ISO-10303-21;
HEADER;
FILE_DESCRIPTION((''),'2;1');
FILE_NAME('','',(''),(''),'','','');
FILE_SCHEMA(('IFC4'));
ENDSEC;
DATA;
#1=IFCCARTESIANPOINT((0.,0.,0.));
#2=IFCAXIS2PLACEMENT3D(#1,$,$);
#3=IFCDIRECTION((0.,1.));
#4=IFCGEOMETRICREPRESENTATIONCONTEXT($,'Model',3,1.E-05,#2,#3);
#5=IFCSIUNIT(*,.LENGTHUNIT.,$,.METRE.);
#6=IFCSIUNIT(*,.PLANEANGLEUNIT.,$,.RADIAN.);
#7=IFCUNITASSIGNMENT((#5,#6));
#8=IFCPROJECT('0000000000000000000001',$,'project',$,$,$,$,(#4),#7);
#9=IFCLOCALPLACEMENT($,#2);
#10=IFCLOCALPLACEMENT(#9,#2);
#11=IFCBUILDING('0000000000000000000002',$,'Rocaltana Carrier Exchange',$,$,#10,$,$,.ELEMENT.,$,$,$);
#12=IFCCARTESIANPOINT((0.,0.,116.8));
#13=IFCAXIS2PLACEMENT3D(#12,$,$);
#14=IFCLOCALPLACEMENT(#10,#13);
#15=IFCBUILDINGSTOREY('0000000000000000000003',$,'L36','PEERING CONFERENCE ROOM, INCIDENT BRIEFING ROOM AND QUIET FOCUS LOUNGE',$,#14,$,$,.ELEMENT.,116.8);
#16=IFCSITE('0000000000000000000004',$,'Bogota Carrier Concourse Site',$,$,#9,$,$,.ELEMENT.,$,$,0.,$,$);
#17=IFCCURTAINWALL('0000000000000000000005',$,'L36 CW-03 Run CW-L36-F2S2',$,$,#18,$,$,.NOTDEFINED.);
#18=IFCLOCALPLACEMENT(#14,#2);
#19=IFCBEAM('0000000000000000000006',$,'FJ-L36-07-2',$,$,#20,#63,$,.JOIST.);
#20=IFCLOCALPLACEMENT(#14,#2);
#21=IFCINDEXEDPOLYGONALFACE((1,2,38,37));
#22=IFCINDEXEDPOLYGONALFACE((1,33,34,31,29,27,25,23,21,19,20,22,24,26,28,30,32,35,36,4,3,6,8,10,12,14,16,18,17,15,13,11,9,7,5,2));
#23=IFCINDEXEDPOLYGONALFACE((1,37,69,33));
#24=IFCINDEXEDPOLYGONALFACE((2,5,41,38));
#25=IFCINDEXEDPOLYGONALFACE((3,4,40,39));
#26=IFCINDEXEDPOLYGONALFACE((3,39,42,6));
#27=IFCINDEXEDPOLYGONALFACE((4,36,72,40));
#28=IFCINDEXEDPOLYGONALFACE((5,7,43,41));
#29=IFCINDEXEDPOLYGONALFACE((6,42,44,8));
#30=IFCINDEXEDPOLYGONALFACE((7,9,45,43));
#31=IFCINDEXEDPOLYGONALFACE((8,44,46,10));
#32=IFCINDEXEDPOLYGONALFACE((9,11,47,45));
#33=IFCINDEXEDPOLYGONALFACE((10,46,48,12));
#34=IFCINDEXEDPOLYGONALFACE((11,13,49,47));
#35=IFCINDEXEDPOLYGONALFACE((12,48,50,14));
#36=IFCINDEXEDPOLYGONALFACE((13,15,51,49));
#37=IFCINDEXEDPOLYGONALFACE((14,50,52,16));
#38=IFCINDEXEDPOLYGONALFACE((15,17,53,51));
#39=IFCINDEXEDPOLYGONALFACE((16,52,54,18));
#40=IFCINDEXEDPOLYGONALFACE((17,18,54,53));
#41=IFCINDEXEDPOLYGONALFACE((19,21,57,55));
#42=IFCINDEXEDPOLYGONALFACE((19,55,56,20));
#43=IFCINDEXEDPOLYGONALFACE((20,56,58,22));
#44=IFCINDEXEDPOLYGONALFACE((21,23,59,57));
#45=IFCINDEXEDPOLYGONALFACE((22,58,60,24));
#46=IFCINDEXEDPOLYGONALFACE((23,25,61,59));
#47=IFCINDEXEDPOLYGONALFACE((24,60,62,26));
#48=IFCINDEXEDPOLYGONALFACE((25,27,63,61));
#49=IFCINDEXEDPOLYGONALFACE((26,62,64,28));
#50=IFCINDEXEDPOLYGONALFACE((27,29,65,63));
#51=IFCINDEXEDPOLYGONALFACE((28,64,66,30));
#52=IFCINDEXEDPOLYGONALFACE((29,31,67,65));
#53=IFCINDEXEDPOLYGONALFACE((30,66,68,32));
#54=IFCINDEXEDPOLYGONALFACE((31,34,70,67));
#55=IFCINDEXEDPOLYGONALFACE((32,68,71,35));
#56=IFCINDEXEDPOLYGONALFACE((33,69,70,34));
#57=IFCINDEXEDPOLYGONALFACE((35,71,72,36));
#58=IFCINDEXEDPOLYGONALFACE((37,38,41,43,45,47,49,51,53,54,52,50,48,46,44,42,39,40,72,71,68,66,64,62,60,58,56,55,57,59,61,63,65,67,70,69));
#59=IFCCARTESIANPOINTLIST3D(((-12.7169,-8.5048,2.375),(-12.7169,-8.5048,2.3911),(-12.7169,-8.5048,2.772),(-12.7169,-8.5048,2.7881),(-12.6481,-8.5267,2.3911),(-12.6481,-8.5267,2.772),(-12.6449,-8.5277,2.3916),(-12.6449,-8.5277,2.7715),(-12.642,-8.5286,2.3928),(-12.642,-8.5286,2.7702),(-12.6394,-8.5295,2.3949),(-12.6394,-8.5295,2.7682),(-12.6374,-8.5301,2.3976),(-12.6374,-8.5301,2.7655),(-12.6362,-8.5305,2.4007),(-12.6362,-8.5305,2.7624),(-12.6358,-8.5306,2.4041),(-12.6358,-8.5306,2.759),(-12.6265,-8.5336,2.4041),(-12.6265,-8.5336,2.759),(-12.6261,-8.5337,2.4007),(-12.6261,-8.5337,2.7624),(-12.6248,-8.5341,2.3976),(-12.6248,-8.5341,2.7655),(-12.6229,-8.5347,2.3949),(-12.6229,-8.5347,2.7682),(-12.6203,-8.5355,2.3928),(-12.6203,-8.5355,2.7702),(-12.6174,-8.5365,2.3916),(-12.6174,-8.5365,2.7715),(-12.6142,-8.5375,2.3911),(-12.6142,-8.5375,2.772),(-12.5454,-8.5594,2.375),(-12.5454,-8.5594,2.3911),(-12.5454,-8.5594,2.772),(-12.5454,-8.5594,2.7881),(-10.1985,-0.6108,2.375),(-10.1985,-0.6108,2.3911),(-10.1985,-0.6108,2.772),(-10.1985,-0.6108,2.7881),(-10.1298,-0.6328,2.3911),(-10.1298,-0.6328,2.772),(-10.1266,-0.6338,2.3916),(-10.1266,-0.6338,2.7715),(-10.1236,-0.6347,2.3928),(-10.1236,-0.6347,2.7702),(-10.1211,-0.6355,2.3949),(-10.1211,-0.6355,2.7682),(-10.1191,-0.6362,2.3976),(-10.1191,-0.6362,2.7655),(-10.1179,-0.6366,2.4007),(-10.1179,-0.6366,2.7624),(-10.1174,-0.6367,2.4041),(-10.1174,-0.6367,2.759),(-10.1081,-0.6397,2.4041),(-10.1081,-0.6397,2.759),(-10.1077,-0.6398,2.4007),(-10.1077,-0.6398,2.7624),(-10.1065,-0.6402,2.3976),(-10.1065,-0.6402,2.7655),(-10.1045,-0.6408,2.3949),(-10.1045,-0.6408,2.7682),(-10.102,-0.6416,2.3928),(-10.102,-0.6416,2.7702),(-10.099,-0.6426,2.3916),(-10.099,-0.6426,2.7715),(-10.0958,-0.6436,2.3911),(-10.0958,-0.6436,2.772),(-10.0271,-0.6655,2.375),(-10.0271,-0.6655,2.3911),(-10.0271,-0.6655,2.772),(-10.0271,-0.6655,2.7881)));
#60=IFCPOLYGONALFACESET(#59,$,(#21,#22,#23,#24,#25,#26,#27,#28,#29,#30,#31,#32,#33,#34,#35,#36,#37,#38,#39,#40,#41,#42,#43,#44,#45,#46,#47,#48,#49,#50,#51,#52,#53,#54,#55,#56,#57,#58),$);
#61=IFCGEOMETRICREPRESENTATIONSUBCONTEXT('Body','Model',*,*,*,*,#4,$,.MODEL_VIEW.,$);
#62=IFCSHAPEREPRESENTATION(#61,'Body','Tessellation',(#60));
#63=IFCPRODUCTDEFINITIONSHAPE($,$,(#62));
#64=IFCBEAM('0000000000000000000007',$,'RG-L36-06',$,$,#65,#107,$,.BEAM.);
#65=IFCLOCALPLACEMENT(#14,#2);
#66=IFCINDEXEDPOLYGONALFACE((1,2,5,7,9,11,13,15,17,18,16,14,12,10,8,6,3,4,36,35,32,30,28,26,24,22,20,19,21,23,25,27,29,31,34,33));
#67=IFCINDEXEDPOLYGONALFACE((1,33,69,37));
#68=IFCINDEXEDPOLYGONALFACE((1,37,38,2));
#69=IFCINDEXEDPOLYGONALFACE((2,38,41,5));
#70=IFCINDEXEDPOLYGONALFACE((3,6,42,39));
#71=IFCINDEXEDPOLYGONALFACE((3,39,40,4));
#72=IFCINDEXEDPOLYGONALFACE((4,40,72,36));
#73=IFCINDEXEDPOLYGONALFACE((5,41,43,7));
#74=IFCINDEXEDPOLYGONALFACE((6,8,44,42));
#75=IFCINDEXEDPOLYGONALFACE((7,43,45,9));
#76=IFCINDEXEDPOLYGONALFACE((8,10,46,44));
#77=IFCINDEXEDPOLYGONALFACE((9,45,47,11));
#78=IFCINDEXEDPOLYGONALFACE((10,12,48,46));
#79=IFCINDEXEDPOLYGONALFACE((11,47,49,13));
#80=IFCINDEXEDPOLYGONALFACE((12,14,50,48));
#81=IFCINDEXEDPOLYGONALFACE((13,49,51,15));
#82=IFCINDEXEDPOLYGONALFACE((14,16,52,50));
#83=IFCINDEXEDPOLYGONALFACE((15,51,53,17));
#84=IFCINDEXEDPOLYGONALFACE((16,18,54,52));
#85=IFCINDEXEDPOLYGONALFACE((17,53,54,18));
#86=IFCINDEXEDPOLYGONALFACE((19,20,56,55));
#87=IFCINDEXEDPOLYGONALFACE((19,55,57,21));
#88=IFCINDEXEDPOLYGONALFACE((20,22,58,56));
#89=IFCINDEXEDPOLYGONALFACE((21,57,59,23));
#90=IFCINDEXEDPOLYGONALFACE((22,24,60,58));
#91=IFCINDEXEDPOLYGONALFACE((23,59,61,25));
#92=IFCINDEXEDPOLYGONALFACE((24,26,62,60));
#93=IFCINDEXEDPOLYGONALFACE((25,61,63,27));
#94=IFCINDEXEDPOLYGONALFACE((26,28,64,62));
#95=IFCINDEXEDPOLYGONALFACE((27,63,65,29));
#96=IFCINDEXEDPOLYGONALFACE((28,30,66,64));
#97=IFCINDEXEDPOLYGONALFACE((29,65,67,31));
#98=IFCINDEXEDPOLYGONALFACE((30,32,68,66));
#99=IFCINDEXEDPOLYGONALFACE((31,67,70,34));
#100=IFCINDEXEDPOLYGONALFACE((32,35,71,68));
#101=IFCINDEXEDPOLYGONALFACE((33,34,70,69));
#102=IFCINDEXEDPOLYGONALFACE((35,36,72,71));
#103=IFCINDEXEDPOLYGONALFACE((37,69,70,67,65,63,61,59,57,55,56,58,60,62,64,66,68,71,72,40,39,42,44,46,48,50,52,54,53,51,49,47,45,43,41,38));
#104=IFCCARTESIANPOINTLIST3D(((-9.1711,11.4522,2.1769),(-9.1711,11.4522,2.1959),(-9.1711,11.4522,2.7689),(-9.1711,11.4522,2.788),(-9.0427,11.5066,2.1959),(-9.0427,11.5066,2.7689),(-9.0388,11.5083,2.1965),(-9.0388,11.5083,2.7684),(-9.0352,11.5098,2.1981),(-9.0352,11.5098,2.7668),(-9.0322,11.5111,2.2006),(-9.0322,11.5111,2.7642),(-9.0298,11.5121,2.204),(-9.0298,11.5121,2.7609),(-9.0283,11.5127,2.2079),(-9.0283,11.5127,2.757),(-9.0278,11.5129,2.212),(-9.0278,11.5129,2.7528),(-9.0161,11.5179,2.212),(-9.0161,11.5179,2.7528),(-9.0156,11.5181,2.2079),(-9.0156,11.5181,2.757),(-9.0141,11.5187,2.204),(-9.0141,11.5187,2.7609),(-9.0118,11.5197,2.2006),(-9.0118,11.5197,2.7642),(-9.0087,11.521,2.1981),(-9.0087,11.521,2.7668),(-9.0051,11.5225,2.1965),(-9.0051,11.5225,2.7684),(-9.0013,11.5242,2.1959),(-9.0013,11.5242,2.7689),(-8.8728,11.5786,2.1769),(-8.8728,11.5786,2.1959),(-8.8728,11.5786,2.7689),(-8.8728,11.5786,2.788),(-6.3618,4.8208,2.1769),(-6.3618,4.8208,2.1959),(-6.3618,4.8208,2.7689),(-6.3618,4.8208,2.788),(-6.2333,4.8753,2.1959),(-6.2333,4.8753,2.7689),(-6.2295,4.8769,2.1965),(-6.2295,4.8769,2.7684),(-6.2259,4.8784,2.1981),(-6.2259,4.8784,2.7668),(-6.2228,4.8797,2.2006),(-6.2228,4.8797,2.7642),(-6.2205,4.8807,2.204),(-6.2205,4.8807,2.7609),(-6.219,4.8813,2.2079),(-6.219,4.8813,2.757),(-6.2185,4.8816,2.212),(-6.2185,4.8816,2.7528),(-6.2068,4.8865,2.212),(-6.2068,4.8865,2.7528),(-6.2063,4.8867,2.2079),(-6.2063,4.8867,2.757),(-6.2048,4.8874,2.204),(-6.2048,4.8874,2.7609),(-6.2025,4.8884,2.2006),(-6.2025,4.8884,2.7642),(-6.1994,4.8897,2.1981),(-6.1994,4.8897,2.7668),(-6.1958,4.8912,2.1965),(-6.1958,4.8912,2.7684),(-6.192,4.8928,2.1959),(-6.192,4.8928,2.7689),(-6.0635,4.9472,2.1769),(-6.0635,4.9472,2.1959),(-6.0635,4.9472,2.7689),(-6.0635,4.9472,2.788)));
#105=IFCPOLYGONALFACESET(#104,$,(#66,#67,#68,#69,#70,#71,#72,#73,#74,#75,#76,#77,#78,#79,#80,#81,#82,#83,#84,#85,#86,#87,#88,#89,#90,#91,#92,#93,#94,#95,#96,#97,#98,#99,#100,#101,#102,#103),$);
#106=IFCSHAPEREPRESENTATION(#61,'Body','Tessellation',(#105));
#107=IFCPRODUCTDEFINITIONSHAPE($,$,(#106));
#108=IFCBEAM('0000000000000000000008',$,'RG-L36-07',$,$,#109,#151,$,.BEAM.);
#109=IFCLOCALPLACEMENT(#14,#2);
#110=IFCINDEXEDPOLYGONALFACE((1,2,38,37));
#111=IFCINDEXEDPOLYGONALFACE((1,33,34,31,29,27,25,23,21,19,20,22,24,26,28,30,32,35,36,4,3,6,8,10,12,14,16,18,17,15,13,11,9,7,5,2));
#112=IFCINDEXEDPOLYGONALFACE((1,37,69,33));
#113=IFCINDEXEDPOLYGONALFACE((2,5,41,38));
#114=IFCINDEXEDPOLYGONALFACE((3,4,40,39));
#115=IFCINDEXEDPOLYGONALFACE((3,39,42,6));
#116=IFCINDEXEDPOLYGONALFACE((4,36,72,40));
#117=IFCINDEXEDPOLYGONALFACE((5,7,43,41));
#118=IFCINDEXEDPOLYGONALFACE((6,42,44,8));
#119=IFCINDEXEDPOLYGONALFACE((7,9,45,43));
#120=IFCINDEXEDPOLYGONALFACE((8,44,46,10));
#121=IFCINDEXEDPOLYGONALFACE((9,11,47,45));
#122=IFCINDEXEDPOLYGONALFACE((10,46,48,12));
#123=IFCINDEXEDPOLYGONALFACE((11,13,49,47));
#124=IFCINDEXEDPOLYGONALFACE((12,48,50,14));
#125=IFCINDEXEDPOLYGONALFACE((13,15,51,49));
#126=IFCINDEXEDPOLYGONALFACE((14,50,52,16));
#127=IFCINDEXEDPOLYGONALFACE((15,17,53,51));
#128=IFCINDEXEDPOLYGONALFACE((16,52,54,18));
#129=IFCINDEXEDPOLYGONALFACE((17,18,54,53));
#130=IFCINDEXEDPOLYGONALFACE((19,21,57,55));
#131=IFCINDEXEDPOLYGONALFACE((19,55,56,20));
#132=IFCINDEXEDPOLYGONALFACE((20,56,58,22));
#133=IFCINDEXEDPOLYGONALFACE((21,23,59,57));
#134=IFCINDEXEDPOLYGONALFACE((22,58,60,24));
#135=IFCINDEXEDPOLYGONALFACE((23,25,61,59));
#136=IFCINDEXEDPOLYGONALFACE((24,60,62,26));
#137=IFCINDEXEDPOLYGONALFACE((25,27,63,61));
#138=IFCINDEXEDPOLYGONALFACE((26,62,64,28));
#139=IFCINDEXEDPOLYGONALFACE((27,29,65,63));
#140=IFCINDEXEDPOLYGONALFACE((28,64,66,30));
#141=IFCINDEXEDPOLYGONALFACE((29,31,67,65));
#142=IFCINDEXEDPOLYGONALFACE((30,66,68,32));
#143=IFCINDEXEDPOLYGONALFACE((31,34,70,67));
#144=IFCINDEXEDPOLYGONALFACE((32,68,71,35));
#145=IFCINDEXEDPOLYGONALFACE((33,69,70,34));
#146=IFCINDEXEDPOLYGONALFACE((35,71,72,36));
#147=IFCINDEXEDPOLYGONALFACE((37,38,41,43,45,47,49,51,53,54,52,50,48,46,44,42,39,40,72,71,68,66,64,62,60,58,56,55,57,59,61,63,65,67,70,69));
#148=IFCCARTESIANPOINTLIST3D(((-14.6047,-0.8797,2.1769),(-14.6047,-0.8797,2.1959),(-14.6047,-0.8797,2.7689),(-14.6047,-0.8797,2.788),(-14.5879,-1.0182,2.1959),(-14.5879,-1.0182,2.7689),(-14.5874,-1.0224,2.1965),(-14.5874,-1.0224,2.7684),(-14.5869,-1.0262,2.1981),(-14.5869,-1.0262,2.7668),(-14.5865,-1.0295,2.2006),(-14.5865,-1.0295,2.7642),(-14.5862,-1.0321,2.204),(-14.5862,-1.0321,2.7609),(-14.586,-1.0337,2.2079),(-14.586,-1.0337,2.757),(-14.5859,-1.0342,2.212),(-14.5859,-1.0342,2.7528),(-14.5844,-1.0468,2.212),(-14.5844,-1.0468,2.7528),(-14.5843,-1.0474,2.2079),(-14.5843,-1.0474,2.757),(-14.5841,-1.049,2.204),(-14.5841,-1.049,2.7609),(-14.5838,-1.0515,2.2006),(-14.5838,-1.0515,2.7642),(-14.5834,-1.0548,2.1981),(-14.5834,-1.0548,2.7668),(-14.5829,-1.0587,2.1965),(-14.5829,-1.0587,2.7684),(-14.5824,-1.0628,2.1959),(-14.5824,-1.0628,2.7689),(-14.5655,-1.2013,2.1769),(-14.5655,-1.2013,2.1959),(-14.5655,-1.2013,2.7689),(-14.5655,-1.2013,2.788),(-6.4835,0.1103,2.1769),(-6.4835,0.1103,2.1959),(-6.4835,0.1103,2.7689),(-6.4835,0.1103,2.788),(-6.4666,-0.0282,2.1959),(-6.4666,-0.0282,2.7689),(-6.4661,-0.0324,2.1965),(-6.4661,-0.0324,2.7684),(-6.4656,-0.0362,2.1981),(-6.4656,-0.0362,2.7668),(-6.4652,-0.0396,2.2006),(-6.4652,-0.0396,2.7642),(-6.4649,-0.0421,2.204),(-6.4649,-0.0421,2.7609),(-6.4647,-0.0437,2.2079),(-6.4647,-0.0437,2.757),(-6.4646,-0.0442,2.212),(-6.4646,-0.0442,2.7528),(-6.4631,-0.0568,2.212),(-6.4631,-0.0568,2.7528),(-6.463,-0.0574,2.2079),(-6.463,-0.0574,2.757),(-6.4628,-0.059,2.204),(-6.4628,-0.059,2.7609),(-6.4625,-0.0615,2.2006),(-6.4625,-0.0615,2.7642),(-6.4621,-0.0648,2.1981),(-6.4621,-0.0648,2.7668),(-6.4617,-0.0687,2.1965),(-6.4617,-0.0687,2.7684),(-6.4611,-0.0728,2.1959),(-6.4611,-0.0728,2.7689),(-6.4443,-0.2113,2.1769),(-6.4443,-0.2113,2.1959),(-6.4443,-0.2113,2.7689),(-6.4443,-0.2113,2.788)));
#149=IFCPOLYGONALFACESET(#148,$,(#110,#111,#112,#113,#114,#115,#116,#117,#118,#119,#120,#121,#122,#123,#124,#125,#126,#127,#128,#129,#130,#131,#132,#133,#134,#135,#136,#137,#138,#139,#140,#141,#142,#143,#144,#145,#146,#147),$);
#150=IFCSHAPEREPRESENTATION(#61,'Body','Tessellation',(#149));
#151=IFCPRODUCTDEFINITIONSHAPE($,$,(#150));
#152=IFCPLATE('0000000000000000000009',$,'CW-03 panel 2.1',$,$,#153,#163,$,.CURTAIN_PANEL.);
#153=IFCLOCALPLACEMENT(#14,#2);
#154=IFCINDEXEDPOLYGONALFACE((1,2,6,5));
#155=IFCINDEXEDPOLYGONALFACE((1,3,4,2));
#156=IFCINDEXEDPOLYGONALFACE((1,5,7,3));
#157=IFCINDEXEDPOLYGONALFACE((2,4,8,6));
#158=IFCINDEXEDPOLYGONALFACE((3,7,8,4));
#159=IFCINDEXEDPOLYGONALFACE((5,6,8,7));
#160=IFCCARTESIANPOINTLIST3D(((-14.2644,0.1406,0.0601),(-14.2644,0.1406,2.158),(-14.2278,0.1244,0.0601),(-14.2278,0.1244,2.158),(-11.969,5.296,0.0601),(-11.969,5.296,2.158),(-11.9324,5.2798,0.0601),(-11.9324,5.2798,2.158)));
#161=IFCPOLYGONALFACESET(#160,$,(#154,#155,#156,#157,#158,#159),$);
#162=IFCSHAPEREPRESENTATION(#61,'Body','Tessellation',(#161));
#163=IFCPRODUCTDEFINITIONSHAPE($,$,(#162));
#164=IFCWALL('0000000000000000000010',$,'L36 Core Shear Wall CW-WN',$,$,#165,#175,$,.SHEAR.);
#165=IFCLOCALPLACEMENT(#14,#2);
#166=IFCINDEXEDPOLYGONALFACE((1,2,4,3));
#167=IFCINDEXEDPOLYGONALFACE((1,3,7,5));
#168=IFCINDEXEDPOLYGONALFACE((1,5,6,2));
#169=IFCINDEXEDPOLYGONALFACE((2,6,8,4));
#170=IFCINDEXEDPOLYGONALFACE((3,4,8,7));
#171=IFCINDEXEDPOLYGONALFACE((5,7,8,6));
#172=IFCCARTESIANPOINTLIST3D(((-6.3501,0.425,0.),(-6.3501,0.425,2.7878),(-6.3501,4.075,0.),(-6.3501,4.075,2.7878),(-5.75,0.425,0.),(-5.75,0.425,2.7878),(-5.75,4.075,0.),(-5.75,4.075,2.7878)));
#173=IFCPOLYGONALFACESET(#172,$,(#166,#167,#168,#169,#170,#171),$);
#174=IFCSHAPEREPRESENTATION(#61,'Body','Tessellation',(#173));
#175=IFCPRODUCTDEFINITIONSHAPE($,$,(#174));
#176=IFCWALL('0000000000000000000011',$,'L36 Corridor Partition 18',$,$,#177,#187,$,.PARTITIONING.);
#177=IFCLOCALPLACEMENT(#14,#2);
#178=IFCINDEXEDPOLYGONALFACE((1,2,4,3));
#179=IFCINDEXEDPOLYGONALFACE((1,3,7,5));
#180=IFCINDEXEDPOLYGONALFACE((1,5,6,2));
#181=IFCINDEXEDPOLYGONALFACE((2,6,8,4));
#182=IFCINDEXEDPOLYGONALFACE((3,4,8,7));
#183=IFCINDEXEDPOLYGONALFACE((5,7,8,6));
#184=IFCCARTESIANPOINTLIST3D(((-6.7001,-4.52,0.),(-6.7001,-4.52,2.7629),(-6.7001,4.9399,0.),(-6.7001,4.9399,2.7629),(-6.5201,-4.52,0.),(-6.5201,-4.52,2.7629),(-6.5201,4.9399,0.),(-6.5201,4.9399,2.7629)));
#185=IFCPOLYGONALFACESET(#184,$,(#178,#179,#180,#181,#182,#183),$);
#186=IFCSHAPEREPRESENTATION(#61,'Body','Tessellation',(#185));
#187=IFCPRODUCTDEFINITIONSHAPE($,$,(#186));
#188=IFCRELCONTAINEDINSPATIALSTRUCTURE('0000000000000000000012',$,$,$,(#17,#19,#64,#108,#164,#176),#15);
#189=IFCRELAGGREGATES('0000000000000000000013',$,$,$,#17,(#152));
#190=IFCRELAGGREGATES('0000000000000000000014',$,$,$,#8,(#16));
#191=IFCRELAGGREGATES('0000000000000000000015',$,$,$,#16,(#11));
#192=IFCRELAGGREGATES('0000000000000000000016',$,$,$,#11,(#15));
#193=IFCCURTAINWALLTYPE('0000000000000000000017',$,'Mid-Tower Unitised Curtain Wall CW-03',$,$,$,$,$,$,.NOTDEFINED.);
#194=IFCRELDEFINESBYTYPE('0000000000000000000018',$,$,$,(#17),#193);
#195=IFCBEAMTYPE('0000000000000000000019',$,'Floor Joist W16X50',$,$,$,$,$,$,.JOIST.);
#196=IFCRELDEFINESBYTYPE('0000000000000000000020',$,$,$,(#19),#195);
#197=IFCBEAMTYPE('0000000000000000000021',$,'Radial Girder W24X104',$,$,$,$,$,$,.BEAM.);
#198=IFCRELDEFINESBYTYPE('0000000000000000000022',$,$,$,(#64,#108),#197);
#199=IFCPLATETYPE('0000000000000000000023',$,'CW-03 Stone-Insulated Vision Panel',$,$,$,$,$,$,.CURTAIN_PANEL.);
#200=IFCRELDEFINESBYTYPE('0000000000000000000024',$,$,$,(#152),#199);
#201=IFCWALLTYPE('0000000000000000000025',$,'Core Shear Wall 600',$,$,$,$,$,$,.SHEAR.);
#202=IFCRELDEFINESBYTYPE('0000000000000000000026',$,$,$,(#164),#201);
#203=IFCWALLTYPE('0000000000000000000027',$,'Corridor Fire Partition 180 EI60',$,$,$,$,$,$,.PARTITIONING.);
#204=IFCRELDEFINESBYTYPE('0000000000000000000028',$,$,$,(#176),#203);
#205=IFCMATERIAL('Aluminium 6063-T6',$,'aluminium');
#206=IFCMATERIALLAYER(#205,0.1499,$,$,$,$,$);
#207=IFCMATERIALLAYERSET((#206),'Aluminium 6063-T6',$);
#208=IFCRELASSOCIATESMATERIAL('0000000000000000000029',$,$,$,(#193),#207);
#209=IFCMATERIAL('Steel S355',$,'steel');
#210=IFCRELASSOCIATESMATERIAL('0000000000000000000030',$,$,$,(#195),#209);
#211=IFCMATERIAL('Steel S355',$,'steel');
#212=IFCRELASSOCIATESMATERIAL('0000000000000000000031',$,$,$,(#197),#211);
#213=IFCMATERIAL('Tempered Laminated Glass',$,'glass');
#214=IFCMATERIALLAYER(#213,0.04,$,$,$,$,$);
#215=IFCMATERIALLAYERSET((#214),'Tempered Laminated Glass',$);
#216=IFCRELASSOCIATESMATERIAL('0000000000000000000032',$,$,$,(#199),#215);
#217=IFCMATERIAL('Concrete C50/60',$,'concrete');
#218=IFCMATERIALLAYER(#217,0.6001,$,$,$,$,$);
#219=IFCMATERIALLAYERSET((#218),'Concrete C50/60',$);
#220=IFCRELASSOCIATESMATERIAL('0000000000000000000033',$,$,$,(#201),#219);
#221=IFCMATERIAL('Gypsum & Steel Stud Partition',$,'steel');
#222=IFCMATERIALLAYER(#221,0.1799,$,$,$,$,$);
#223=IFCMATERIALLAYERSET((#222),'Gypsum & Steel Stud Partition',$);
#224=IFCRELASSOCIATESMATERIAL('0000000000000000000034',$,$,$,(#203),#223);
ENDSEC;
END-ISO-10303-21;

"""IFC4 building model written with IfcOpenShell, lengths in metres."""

from ifc_helpers import new_model, si_unit, direction, frame, frame_2d, origin, origin_2d, place, context, subcontext, project, spatial, rectangle, i_section, extrude, material, layer, layer_set, material_profile, profile_set, type_object, element, aggregate, save


model = new_model("IFC4")

# Units and contexts
model_context = context("Model", 3, precision=1e-05, world=origin(), true_north=direction((0.0, 1.0)))
body_context = subcontext(model_context, "Body", "Model", "MODEL_VIEW")
ifc_project = project(units=[si_unit("LENGTHUNIT", "METRE"), si_unit("PLANEANGLEUNIT", "RADIAN")], contexts=[model_context])

# Site, building, storey
site_placement = place(None, origin())
site = spatial("IfcSite", under=ifc_project, at=site_placement, Name="Bogota Carrier Concourse Site", CompositionType="ELEMENT", RefElevation=0.0)
building_placement = place(site_placement, origin())
building = spatial("IfcBuilding", under=site, at=building_placement, Name="Rocaltana Carrier Exchange", CompositionType="ELEMENT")
storey_placement = place(building_placement, frame((0.0, 0.0, 116.8)))
storey = spatial("IfcBuildingStorey", under=building, at=storey_placement, Name="L36", Description="PEERING CONFERENCE ROOM, INCIDENT BRIEFING ROOM AND QUIET FOCUS LOUNGE", CompositionType="ELEMENT", Elevation=116.8)

# Curtain wall
ifc_material_1 = material(Name="Aluminium 6063-T6", Category="aluminium")
ifc_layer_1 = layer(ifc_material_1, 0.1499)
ifc_layer_set_1 = layer_set([ifc_layer_1], Name="Aluminium 6063-T6")
curtain_wall_type = type_object("IfcCurtainWallType", Name="Mid-Tower Unitised Curtain Wall CW-03", PredefinedType="NOTDEFINED", material=ifc_layer_set_1)
curtain_wall_placement = place(storey_placement, origin())
curtain_wall = element("IfcCurtainWall", 1, at=curtain_wall_placement, inside=storey, type_object=curtain_wall_type, Name="L36 CW-03 Run CW-L36-F2S2", PredefinedType="NOTDEFINED")

# Beams
ifc_material_2 = material(Name="Steel S355", Category="steel")
ifc_material_profile_1 = material_profile(ifc_material_2, i_section(OverallWidth=0.1799, OverallDepth=0.4131, WebThickness=0.0098, FlangeThickness=0.0161, FilletRadius=0.0129, at=origin_2d()), Name="W16X50")
ifc_profile_set_1 = profile_set([ifc_material_profile_1], Name="Steel S355")
beam_type_1 = type_object("IfcBeamType", Name="Floor Joist W16X50", PredefinedType="JOIST", material=ifc_profile_set_1)
beam_1_placement = place(storey_placement, frame((-10.1128, -0.6382, 2.5815), z_axis=(-0.303932, -0.952694, 0.0), x_axis=(0.952694, -0.303932, 0.0)))
element("IfcBeam", 2, at=beam_1_placement, inside=storey, type_object=beam_type_1, Name="FJ-L36-07-2", PredefinedType="JOIST", context=body_context, shape_type="SweptSolid", body=[
    extrude(i_section(OverallWidth=0.1799, OverallDepth=0.4131, WebThickness=0.0098, FlangeThickness=0.0161, FilletRadius=0.0129, at=origin_2d()), origin(), (0.0, 0.0, 1.0), 8.2859),
])
ifc_material_3 = material(Name="Steel S355", Category="steel")
ifc_material_profile_2 = material_profile(ifc_material_3, i_section(OverallWidth=0.324, OverallDepth=0.6111, WebThickness=0.0127, FlangeThickness=0.019, FilletRadius=0.0161, at=origin_2d()), Name="W24X104")
ifc_profile_set_2 = profile_set([ifc_material_profile_2], Name="Steel S355")
beam_type_2 = type_object("IfcBeamType", Name="Radial Girder W24X104", PredefinedType="BEAM", material=ifc_profile_set_2)
beam_2_placement = place(storey_placement, frame((-6.2126, 4.884, 2.4824), z_axis=(-0.390082, 0.92078, 0.0), x_axis=(-0.92078, -0.390082, 0.0)))
element("IfcBeam", 3, at=beam_2_placement, inside=storey, type_object=beam_type_2, Name="RG-L36-06", PredefinedType="BEAM", context=body_context, shape_type="SweptSolid", body=[
    extrude(i_section(OverallWidth=0.324, OverallDepth=0.6111, WebThickness=0.0127, FlangeThickness=0.019, FilletRadius=0.0161, at=origin_2d()), origin(), (0.0, 0.0, 1.0), 7.2019),
])
beam_3_placement = place(storey_placement, frame((-6.4639, -0.0505, 2.4824), z_axis=(-0.992652, -0.121004, 0.0), x_axis=(0.121004, -0.992652, 0.0)))
element("IfcBeam", 4, at=beam_3_placement, inside=storey, type_object=beam_type_2, Name="RG-L36-07", PredefinedType="BEAM", context=body_context, shape_type="SweptSolid", body=[
    extrude(i_section(OverallWidth=0.324, OverallDepth=0.6111, WebThickness=0.0127, FlangeThickness=0.019, FilletRadius=0.0161, at=origin_2d()), origin(), (0.0, 0.0, 1.0), 8.1814),
])

# Plate
ifc_material_4 = material(Name="Tempered Laminated Glass", Category="glass")
ifc_layer_2 = layer(ifc_material_4, 0.04)
ifc_layer_set_2 = layer_set([ifc_layer_2], Name="Tempered Laminated Glass")
plate_type = type_object("IfcPlateType", Name="CW-03 Stone-Insulated Vision Panel", PredefinedType="CURTAIN_PANEL", material=ifc_layer_set_2)
plate_placement = place(storey_placement, frame((-13.0984, 2.7102, 0.0601), z_axis=(0.0, 0.0, 1.0), x_axis=(-0.406744, -0.913542, 0.0)))
plate = element("IfcPlate", 5, at=plate_placement, type_object=plate_type, Name="CW-03 panel 2.1", PredefinedType="CURTAIN_PANEL", context=body_context, shape_type="SweptSolid", body=[
    extrude(rectangle(XDim=5.6433, YDim=0.04, at=origin_2d()), origin(), (0.0, 0.0, 1.0), 2.0979),
])
aggregate(curtain_wall, [plate])

# Walls
ifc_material_5 = material(Name="Concrete C50/60", Category="concrete")
ifc_layer_3 = layer(ifc_material_5, 0.6001)
ifc_layer_set_3 = layer_set([ifc_layer_3], Name="Concrete C50/60")
wall_type_1 = type_object("IfcWallType", Name="Core Shear Wall 600", PredefinedType="SHEAR", material=ifc_layer_set_3)
wall_1_placement = place(storey_placement, frame((-6.05, 0.425, 0.0), z_axis=(0.0, 0.0, 1.0), x_axis=(0.0, 1.0, 0.0)))
element("IfcWall", 6, at=wall_1_placement, inside=storey, type_object=wall_type_1, Name="L36 Core Shear Wall CW-WN", PredefinedType="SHEAR", context=body_context, shape_type="SweptSolid", body=[
    extrude(rectangle(XDim=3.6499, YDim=0.6001, at=frame_2d((1.825, 0.0))), origin(), (0.0, 0.0, 1.0), 2.7878),
])
ifc_material_6 = material(Name="Gypsum & Steel Stud Partition", Category="steel")
ifc_layer_4 = layer(ifc_material_6, 0.1799)
ifc_layer_set_4 = layer_set([ifc_layer_4], Name="Gypsum & Steel Stud Partition")
wall_type_2 = type_object("IfcWallType", Name="Corridor Fire Partition 180 EI60", PredefinedType="PARTITIONING", material=ifc_layer_set_4)
wall_2_placement = place(storey_placement, frame((-6.6101, 4.9399, 0.0), z_axis=(0.0, 0.0, 1.0), x_axis=(0.0, -1.0, 0.0)))
element("IfcWall", 7, at=wall_2_placement, inside=storey, type_object=wall_type_2, Name="L36 Corridor Partition 18", PredefinedType="PARTITIONING", context=body_context, shape_type="SweptSolid", body=[
    extrude(rectangle(XDim=9.46, YDim=0.1799, at=frame_2d((4.73, 0.0))), origin(), (0.0, 0.0, 1.0), 2.7629),
])

save(model, "model.ifc")
